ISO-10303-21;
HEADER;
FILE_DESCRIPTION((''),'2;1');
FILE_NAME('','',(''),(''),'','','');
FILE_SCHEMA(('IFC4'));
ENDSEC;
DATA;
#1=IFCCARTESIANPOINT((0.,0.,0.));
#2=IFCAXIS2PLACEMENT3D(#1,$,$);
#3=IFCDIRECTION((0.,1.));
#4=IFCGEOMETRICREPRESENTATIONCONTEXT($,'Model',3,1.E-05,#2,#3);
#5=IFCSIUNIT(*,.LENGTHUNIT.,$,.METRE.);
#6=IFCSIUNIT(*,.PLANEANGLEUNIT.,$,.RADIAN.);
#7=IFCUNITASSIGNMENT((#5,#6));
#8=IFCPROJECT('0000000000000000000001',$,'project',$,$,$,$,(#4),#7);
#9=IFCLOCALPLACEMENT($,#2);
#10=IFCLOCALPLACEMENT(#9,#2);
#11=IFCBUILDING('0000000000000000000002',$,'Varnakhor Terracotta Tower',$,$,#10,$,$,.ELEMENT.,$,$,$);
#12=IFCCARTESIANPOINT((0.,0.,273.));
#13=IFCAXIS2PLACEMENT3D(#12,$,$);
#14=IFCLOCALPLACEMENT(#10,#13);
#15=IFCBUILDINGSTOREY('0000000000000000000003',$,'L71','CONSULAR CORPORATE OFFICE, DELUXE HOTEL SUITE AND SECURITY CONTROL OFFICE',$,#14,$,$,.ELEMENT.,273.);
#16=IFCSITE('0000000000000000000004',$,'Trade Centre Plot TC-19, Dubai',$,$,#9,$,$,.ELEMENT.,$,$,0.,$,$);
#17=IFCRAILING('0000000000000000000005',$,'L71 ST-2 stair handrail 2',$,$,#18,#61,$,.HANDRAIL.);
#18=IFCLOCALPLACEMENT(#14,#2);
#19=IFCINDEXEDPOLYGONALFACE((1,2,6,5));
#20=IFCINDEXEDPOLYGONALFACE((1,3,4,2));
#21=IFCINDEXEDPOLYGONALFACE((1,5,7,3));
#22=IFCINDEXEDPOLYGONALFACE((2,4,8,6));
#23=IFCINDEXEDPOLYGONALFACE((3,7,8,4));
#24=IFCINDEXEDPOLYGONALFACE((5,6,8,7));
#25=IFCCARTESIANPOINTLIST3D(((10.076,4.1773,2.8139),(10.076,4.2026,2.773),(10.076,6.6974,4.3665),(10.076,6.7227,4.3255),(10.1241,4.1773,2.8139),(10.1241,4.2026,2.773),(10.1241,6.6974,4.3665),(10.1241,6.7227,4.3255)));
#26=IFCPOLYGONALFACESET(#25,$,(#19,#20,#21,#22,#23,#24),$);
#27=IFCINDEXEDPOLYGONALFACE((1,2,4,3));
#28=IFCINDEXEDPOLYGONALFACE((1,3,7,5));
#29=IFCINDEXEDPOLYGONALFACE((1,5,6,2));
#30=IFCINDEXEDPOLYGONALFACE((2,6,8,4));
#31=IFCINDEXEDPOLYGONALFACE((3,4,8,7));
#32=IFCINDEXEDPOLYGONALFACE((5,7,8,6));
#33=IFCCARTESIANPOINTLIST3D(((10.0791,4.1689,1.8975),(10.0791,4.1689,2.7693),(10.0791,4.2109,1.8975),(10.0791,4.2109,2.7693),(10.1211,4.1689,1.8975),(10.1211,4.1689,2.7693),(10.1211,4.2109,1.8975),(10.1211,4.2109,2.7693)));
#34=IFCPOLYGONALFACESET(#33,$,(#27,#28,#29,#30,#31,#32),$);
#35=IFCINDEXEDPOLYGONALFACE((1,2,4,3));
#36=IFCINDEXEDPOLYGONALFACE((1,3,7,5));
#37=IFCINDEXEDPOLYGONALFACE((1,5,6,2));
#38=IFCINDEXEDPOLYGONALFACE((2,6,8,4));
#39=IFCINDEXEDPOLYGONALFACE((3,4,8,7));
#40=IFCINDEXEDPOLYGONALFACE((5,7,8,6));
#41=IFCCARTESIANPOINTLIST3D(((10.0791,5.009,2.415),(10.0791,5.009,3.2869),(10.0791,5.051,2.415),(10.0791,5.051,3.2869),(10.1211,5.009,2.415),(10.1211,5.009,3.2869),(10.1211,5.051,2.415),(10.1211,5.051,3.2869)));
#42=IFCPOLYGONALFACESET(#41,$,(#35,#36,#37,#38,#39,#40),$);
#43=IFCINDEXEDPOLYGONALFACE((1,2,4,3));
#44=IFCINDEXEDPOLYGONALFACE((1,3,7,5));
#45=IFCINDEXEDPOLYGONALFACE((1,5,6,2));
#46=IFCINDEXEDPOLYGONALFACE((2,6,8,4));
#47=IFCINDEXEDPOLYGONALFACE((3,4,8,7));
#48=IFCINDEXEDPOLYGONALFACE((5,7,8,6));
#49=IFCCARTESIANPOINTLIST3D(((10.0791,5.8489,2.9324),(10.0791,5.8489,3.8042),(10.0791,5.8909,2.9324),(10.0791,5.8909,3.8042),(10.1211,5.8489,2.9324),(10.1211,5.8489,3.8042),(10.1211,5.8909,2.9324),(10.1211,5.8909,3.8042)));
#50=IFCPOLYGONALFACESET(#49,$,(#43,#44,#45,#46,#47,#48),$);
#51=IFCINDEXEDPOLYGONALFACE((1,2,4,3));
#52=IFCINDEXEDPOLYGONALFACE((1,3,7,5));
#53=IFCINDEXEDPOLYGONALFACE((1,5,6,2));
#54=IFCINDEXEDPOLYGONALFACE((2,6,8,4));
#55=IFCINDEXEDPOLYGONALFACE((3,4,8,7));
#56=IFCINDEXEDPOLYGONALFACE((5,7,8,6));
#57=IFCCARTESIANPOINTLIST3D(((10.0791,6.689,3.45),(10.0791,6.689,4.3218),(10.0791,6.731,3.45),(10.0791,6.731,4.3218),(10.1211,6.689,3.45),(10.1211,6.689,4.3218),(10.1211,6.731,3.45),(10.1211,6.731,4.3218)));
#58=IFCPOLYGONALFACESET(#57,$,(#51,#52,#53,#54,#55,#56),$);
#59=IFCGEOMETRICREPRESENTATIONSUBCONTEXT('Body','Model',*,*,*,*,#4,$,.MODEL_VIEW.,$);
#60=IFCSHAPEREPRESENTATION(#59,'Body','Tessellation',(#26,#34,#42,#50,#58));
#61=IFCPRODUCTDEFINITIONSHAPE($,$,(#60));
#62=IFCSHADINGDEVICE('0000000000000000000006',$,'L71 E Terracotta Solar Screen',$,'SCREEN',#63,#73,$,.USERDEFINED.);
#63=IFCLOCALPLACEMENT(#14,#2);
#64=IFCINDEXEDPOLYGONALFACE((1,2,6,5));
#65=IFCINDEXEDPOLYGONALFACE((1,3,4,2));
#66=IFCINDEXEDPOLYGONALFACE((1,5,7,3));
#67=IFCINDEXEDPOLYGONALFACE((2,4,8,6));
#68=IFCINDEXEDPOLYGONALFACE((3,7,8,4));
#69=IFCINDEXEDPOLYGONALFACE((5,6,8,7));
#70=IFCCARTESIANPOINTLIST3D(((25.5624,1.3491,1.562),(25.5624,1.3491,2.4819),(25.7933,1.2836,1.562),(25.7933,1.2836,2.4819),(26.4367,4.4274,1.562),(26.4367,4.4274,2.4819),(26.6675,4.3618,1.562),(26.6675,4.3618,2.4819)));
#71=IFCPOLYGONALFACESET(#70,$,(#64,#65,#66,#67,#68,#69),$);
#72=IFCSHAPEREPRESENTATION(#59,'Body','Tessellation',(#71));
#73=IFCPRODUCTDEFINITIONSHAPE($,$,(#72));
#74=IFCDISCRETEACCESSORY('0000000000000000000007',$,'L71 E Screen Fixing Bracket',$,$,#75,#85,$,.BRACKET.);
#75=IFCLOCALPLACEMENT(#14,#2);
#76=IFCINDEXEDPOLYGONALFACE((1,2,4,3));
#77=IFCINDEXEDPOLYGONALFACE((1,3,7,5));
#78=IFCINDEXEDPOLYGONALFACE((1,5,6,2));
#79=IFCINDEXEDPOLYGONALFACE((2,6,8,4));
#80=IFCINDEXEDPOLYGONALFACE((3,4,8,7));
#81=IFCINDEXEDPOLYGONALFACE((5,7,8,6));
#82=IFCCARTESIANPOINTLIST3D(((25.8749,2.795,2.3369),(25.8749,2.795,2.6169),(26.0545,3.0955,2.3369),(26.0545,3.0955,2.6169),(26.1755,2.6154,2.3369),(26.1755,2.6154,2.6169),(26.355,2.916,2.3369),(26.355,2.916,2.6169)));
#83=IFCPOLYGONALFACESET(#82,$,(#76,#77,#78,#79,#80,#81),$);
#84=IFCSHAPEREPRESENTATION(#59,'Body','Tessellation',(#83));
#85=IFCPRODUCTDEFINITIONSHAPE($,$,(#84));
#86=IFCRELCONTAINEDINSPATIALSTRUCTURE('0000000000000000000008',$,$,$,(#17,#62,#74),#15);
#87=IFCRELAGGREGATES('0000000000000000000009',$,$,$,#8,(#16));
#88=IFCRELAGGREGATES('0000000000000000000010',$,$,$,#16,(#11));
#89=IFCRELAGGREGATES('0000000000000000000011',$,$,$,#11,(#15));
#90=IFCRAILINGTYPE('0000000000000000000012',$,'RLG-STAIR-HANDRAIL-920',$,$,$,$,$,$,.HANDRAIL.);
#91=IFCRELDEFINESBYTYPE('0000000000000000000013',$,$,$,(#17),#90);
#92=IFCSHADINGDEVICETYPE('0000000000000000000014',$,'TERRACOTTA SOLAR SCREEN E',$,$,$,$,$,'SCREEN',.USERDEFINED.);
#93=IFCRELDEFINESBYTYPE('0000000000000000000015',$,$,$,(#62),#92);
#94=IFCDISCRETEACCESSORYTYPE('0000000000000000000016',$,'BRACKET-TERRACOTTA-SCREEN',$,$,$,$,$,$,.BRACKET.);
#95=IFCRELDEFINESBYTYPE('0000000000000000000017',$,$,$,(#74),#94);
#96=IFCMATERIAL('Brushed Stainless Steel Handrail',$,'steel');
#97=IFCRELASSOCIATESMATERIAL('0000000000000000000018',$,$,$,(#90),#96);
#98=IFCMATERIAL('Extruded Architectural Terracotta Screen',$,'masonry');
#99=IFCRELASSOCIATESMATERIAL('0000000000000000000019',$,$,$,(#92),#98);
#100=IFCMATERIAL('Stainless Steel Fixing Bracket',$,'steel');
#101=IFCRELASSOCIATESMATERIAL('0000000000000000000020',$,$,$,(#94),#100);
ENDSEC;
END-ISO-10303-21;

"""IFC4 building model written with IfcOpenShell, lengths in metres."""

from ifc_helpers import new_model, si_unit, direction, frame, origin, origin_2d, place, context, subcontext, project, spatial, rectangle, extrude, source, transform, mapped, material, type_object, type_shapes, element, save


model = new_model("IFC4")

# Units and contexts
model_context = context("Model", 3, precision=1e-05, world=origin(), true_north=direction((0.0, 1.0)))
body_context = subcontext(model_context, "Body", "Model", "MODEL_VIEW")
ifc_project = project(units=[si_unit("LENGTHUNIT", "METRE"), si_unit("PLANEANGLEUNIT", "RADIAN")], contexts=[model_context])

# Site, building, storey
site_placement = place(None, origin())
site = spatial("IfcSite", under=ifc_project, at=site_placement, Name="Trade Centre Plot TC-19, Dubai", CompositionType="ELEMENT", RefElevation=0.0)
building_placement = place(site_placement, origin())
building = spatial("IfcBuilding", under=site, at=building_placement, Name="Varnakhor Terracotta Tower", CompositionType="ELEMENT")
storey_placement = place(building_placement, frame((0.0, 0.0, 273.0)))
storey = spatial("IfcBuildingStorey", under=building, at=storey_placement, Name="L71", Description="CONSULAR CORPORATE OFFICE, DELUXE HOTEL SUITE AND SECURITY CONTROL OFFICE", CompositionType="ELEMENT", Elevation=273.0)

# Railing
ifc_material_1 = material(Name="Brushed Stainless Steel Handrail", Category="steel")
railing_type = type_object("IfcRailingType", Name="RLG-STAIR-HANDRAIL-920", PredefinedType="HANDRAIL", material=ifc_material_1)
railing_placement = place(storey_placement, frame((10.1001, 4.1899, 1.8975)))
element("IfcRailing", 1, at=railing_placement, inside=storey, type_object=railing_type, Name="L71 ST-2 stair handrail 2", PredefinedType="HANDRAIL", context=body_context, shape_type="SweptSolid", body=[
    extrude(rectangle(XDim=0.0481, YDim=0.0481, at=origin_2d()), frame((0.0, 0.0, 0.896), z_axis=(0.0, 0.8514, 0.524516), x_axis=(-1.0, 0.0, 0.0)), (0.0, 0.0, 1.0), 2.96),
    extrude(rectangle(XDim=0.042, YDim=0.042, at=origin_2d()), origin(), (0.0, 0.0, 1.0), 0.8718),
    extrude(rectangle(XDim=0.042, YDim=0.042, at=origin_2d()), frame((0.0, 0.8401, 0.5176)), (0.0, 0.0, 1.0), 0.8718),
    extrude(rectangle(XDim=0.042, YDim=0.042, at=origin_2d()), frame((0.0, 1.6799, 1.0349)), (0.0, 0.0, 1.0), 0.8718),
    extrude(rectangle(XDim=0.042, YDim=0.042, at=origin_2d()), frame((0.0, 2.52, 1.5525)), (0.0, 0.0, 1.0), 0.8718),
])

# Shading device
ifc_material_2 = material(Name="Extruded Architectural Terracotta Screen", Category="masonry")
shading_device_type = type_object("IfcShadingDeviceType", Name="TERRACOTTA SOLAR SCREEN E", ElementType="SCREEN", PredefinedType="USERDEFINED", material=ifc_material_2)
shared_shape_1 = source(origin(), body_context, "Body", "SweptSolid", [
    extrude(rectangle(XDim=3.2, YDim=0.24, at=origin_2d()), origin(), (0.0, 0.0, 1.0), 0.9199),
])
type_shapes(shading_device_type, [shared_shape_1])
shading_device_placement = place(storey_placement, frame((26.115, 2.8555, 1.562), z_axis=(0.0, 0.0, 1.0), x_axis=(0.273204, 0.961956, 0.0)))
element("IfcShadingDevice", 2, at=shading_device_placement, inside=storey, type_object=shading_device_type, Name="L71 E Terracotta Solar Screen", ObjectType="SCREEN", PredefinedType="USERDEFINED", context=body_context, shape_type="MappedRepresentation", body=[
    mapped(shared_shape_1, transform((0.0, 0.0, 0.0), scale=1.0)),
])

# Discrete accessory
ifc_material_3 = material(Name="Stainless Steel Fixing Bracket", Category="steel")
discrete_accessory_type = type_object("IfcDiscreteAccessoryType", Name="BRACKET-TERRACOTTA-SCREEN", PredefinedType="BRACKET", material=ifc_material_3)
shared_shape_2 = source(origin(), body_context, "Body", "SweptSolid", [
    extrude(rectangle(XDim=0.3501, YDim=0.3501, at=origin_2d()), origin(), (0.0, 0.0, 1.0), 0.28),
])
type_shapes(discrete_accessory_type, [shared_shape_2])
discrete_accessory_placement = place(storey_placement, frame((26.115, 2.8555, 2.3369), z_axis=(0.0, 0.0, 1.0), x_axis=(0.512867, 0.858468, 0.0)))
element("IfcDiscreteAccessory", 3, at=discrete_accessory_placement, inside=storey, type_object=discrete_accessory_type, Name="L71 E Screen Fixing Bracket", PredefinedType="BRACKET", context=body_context, shape_type="MappedRepresentation", body=[
    mapped(shared_shape_2, transform((0.0, 0.0, 0.0), scale=1.0)),
])

save(model, "model.ifc")
